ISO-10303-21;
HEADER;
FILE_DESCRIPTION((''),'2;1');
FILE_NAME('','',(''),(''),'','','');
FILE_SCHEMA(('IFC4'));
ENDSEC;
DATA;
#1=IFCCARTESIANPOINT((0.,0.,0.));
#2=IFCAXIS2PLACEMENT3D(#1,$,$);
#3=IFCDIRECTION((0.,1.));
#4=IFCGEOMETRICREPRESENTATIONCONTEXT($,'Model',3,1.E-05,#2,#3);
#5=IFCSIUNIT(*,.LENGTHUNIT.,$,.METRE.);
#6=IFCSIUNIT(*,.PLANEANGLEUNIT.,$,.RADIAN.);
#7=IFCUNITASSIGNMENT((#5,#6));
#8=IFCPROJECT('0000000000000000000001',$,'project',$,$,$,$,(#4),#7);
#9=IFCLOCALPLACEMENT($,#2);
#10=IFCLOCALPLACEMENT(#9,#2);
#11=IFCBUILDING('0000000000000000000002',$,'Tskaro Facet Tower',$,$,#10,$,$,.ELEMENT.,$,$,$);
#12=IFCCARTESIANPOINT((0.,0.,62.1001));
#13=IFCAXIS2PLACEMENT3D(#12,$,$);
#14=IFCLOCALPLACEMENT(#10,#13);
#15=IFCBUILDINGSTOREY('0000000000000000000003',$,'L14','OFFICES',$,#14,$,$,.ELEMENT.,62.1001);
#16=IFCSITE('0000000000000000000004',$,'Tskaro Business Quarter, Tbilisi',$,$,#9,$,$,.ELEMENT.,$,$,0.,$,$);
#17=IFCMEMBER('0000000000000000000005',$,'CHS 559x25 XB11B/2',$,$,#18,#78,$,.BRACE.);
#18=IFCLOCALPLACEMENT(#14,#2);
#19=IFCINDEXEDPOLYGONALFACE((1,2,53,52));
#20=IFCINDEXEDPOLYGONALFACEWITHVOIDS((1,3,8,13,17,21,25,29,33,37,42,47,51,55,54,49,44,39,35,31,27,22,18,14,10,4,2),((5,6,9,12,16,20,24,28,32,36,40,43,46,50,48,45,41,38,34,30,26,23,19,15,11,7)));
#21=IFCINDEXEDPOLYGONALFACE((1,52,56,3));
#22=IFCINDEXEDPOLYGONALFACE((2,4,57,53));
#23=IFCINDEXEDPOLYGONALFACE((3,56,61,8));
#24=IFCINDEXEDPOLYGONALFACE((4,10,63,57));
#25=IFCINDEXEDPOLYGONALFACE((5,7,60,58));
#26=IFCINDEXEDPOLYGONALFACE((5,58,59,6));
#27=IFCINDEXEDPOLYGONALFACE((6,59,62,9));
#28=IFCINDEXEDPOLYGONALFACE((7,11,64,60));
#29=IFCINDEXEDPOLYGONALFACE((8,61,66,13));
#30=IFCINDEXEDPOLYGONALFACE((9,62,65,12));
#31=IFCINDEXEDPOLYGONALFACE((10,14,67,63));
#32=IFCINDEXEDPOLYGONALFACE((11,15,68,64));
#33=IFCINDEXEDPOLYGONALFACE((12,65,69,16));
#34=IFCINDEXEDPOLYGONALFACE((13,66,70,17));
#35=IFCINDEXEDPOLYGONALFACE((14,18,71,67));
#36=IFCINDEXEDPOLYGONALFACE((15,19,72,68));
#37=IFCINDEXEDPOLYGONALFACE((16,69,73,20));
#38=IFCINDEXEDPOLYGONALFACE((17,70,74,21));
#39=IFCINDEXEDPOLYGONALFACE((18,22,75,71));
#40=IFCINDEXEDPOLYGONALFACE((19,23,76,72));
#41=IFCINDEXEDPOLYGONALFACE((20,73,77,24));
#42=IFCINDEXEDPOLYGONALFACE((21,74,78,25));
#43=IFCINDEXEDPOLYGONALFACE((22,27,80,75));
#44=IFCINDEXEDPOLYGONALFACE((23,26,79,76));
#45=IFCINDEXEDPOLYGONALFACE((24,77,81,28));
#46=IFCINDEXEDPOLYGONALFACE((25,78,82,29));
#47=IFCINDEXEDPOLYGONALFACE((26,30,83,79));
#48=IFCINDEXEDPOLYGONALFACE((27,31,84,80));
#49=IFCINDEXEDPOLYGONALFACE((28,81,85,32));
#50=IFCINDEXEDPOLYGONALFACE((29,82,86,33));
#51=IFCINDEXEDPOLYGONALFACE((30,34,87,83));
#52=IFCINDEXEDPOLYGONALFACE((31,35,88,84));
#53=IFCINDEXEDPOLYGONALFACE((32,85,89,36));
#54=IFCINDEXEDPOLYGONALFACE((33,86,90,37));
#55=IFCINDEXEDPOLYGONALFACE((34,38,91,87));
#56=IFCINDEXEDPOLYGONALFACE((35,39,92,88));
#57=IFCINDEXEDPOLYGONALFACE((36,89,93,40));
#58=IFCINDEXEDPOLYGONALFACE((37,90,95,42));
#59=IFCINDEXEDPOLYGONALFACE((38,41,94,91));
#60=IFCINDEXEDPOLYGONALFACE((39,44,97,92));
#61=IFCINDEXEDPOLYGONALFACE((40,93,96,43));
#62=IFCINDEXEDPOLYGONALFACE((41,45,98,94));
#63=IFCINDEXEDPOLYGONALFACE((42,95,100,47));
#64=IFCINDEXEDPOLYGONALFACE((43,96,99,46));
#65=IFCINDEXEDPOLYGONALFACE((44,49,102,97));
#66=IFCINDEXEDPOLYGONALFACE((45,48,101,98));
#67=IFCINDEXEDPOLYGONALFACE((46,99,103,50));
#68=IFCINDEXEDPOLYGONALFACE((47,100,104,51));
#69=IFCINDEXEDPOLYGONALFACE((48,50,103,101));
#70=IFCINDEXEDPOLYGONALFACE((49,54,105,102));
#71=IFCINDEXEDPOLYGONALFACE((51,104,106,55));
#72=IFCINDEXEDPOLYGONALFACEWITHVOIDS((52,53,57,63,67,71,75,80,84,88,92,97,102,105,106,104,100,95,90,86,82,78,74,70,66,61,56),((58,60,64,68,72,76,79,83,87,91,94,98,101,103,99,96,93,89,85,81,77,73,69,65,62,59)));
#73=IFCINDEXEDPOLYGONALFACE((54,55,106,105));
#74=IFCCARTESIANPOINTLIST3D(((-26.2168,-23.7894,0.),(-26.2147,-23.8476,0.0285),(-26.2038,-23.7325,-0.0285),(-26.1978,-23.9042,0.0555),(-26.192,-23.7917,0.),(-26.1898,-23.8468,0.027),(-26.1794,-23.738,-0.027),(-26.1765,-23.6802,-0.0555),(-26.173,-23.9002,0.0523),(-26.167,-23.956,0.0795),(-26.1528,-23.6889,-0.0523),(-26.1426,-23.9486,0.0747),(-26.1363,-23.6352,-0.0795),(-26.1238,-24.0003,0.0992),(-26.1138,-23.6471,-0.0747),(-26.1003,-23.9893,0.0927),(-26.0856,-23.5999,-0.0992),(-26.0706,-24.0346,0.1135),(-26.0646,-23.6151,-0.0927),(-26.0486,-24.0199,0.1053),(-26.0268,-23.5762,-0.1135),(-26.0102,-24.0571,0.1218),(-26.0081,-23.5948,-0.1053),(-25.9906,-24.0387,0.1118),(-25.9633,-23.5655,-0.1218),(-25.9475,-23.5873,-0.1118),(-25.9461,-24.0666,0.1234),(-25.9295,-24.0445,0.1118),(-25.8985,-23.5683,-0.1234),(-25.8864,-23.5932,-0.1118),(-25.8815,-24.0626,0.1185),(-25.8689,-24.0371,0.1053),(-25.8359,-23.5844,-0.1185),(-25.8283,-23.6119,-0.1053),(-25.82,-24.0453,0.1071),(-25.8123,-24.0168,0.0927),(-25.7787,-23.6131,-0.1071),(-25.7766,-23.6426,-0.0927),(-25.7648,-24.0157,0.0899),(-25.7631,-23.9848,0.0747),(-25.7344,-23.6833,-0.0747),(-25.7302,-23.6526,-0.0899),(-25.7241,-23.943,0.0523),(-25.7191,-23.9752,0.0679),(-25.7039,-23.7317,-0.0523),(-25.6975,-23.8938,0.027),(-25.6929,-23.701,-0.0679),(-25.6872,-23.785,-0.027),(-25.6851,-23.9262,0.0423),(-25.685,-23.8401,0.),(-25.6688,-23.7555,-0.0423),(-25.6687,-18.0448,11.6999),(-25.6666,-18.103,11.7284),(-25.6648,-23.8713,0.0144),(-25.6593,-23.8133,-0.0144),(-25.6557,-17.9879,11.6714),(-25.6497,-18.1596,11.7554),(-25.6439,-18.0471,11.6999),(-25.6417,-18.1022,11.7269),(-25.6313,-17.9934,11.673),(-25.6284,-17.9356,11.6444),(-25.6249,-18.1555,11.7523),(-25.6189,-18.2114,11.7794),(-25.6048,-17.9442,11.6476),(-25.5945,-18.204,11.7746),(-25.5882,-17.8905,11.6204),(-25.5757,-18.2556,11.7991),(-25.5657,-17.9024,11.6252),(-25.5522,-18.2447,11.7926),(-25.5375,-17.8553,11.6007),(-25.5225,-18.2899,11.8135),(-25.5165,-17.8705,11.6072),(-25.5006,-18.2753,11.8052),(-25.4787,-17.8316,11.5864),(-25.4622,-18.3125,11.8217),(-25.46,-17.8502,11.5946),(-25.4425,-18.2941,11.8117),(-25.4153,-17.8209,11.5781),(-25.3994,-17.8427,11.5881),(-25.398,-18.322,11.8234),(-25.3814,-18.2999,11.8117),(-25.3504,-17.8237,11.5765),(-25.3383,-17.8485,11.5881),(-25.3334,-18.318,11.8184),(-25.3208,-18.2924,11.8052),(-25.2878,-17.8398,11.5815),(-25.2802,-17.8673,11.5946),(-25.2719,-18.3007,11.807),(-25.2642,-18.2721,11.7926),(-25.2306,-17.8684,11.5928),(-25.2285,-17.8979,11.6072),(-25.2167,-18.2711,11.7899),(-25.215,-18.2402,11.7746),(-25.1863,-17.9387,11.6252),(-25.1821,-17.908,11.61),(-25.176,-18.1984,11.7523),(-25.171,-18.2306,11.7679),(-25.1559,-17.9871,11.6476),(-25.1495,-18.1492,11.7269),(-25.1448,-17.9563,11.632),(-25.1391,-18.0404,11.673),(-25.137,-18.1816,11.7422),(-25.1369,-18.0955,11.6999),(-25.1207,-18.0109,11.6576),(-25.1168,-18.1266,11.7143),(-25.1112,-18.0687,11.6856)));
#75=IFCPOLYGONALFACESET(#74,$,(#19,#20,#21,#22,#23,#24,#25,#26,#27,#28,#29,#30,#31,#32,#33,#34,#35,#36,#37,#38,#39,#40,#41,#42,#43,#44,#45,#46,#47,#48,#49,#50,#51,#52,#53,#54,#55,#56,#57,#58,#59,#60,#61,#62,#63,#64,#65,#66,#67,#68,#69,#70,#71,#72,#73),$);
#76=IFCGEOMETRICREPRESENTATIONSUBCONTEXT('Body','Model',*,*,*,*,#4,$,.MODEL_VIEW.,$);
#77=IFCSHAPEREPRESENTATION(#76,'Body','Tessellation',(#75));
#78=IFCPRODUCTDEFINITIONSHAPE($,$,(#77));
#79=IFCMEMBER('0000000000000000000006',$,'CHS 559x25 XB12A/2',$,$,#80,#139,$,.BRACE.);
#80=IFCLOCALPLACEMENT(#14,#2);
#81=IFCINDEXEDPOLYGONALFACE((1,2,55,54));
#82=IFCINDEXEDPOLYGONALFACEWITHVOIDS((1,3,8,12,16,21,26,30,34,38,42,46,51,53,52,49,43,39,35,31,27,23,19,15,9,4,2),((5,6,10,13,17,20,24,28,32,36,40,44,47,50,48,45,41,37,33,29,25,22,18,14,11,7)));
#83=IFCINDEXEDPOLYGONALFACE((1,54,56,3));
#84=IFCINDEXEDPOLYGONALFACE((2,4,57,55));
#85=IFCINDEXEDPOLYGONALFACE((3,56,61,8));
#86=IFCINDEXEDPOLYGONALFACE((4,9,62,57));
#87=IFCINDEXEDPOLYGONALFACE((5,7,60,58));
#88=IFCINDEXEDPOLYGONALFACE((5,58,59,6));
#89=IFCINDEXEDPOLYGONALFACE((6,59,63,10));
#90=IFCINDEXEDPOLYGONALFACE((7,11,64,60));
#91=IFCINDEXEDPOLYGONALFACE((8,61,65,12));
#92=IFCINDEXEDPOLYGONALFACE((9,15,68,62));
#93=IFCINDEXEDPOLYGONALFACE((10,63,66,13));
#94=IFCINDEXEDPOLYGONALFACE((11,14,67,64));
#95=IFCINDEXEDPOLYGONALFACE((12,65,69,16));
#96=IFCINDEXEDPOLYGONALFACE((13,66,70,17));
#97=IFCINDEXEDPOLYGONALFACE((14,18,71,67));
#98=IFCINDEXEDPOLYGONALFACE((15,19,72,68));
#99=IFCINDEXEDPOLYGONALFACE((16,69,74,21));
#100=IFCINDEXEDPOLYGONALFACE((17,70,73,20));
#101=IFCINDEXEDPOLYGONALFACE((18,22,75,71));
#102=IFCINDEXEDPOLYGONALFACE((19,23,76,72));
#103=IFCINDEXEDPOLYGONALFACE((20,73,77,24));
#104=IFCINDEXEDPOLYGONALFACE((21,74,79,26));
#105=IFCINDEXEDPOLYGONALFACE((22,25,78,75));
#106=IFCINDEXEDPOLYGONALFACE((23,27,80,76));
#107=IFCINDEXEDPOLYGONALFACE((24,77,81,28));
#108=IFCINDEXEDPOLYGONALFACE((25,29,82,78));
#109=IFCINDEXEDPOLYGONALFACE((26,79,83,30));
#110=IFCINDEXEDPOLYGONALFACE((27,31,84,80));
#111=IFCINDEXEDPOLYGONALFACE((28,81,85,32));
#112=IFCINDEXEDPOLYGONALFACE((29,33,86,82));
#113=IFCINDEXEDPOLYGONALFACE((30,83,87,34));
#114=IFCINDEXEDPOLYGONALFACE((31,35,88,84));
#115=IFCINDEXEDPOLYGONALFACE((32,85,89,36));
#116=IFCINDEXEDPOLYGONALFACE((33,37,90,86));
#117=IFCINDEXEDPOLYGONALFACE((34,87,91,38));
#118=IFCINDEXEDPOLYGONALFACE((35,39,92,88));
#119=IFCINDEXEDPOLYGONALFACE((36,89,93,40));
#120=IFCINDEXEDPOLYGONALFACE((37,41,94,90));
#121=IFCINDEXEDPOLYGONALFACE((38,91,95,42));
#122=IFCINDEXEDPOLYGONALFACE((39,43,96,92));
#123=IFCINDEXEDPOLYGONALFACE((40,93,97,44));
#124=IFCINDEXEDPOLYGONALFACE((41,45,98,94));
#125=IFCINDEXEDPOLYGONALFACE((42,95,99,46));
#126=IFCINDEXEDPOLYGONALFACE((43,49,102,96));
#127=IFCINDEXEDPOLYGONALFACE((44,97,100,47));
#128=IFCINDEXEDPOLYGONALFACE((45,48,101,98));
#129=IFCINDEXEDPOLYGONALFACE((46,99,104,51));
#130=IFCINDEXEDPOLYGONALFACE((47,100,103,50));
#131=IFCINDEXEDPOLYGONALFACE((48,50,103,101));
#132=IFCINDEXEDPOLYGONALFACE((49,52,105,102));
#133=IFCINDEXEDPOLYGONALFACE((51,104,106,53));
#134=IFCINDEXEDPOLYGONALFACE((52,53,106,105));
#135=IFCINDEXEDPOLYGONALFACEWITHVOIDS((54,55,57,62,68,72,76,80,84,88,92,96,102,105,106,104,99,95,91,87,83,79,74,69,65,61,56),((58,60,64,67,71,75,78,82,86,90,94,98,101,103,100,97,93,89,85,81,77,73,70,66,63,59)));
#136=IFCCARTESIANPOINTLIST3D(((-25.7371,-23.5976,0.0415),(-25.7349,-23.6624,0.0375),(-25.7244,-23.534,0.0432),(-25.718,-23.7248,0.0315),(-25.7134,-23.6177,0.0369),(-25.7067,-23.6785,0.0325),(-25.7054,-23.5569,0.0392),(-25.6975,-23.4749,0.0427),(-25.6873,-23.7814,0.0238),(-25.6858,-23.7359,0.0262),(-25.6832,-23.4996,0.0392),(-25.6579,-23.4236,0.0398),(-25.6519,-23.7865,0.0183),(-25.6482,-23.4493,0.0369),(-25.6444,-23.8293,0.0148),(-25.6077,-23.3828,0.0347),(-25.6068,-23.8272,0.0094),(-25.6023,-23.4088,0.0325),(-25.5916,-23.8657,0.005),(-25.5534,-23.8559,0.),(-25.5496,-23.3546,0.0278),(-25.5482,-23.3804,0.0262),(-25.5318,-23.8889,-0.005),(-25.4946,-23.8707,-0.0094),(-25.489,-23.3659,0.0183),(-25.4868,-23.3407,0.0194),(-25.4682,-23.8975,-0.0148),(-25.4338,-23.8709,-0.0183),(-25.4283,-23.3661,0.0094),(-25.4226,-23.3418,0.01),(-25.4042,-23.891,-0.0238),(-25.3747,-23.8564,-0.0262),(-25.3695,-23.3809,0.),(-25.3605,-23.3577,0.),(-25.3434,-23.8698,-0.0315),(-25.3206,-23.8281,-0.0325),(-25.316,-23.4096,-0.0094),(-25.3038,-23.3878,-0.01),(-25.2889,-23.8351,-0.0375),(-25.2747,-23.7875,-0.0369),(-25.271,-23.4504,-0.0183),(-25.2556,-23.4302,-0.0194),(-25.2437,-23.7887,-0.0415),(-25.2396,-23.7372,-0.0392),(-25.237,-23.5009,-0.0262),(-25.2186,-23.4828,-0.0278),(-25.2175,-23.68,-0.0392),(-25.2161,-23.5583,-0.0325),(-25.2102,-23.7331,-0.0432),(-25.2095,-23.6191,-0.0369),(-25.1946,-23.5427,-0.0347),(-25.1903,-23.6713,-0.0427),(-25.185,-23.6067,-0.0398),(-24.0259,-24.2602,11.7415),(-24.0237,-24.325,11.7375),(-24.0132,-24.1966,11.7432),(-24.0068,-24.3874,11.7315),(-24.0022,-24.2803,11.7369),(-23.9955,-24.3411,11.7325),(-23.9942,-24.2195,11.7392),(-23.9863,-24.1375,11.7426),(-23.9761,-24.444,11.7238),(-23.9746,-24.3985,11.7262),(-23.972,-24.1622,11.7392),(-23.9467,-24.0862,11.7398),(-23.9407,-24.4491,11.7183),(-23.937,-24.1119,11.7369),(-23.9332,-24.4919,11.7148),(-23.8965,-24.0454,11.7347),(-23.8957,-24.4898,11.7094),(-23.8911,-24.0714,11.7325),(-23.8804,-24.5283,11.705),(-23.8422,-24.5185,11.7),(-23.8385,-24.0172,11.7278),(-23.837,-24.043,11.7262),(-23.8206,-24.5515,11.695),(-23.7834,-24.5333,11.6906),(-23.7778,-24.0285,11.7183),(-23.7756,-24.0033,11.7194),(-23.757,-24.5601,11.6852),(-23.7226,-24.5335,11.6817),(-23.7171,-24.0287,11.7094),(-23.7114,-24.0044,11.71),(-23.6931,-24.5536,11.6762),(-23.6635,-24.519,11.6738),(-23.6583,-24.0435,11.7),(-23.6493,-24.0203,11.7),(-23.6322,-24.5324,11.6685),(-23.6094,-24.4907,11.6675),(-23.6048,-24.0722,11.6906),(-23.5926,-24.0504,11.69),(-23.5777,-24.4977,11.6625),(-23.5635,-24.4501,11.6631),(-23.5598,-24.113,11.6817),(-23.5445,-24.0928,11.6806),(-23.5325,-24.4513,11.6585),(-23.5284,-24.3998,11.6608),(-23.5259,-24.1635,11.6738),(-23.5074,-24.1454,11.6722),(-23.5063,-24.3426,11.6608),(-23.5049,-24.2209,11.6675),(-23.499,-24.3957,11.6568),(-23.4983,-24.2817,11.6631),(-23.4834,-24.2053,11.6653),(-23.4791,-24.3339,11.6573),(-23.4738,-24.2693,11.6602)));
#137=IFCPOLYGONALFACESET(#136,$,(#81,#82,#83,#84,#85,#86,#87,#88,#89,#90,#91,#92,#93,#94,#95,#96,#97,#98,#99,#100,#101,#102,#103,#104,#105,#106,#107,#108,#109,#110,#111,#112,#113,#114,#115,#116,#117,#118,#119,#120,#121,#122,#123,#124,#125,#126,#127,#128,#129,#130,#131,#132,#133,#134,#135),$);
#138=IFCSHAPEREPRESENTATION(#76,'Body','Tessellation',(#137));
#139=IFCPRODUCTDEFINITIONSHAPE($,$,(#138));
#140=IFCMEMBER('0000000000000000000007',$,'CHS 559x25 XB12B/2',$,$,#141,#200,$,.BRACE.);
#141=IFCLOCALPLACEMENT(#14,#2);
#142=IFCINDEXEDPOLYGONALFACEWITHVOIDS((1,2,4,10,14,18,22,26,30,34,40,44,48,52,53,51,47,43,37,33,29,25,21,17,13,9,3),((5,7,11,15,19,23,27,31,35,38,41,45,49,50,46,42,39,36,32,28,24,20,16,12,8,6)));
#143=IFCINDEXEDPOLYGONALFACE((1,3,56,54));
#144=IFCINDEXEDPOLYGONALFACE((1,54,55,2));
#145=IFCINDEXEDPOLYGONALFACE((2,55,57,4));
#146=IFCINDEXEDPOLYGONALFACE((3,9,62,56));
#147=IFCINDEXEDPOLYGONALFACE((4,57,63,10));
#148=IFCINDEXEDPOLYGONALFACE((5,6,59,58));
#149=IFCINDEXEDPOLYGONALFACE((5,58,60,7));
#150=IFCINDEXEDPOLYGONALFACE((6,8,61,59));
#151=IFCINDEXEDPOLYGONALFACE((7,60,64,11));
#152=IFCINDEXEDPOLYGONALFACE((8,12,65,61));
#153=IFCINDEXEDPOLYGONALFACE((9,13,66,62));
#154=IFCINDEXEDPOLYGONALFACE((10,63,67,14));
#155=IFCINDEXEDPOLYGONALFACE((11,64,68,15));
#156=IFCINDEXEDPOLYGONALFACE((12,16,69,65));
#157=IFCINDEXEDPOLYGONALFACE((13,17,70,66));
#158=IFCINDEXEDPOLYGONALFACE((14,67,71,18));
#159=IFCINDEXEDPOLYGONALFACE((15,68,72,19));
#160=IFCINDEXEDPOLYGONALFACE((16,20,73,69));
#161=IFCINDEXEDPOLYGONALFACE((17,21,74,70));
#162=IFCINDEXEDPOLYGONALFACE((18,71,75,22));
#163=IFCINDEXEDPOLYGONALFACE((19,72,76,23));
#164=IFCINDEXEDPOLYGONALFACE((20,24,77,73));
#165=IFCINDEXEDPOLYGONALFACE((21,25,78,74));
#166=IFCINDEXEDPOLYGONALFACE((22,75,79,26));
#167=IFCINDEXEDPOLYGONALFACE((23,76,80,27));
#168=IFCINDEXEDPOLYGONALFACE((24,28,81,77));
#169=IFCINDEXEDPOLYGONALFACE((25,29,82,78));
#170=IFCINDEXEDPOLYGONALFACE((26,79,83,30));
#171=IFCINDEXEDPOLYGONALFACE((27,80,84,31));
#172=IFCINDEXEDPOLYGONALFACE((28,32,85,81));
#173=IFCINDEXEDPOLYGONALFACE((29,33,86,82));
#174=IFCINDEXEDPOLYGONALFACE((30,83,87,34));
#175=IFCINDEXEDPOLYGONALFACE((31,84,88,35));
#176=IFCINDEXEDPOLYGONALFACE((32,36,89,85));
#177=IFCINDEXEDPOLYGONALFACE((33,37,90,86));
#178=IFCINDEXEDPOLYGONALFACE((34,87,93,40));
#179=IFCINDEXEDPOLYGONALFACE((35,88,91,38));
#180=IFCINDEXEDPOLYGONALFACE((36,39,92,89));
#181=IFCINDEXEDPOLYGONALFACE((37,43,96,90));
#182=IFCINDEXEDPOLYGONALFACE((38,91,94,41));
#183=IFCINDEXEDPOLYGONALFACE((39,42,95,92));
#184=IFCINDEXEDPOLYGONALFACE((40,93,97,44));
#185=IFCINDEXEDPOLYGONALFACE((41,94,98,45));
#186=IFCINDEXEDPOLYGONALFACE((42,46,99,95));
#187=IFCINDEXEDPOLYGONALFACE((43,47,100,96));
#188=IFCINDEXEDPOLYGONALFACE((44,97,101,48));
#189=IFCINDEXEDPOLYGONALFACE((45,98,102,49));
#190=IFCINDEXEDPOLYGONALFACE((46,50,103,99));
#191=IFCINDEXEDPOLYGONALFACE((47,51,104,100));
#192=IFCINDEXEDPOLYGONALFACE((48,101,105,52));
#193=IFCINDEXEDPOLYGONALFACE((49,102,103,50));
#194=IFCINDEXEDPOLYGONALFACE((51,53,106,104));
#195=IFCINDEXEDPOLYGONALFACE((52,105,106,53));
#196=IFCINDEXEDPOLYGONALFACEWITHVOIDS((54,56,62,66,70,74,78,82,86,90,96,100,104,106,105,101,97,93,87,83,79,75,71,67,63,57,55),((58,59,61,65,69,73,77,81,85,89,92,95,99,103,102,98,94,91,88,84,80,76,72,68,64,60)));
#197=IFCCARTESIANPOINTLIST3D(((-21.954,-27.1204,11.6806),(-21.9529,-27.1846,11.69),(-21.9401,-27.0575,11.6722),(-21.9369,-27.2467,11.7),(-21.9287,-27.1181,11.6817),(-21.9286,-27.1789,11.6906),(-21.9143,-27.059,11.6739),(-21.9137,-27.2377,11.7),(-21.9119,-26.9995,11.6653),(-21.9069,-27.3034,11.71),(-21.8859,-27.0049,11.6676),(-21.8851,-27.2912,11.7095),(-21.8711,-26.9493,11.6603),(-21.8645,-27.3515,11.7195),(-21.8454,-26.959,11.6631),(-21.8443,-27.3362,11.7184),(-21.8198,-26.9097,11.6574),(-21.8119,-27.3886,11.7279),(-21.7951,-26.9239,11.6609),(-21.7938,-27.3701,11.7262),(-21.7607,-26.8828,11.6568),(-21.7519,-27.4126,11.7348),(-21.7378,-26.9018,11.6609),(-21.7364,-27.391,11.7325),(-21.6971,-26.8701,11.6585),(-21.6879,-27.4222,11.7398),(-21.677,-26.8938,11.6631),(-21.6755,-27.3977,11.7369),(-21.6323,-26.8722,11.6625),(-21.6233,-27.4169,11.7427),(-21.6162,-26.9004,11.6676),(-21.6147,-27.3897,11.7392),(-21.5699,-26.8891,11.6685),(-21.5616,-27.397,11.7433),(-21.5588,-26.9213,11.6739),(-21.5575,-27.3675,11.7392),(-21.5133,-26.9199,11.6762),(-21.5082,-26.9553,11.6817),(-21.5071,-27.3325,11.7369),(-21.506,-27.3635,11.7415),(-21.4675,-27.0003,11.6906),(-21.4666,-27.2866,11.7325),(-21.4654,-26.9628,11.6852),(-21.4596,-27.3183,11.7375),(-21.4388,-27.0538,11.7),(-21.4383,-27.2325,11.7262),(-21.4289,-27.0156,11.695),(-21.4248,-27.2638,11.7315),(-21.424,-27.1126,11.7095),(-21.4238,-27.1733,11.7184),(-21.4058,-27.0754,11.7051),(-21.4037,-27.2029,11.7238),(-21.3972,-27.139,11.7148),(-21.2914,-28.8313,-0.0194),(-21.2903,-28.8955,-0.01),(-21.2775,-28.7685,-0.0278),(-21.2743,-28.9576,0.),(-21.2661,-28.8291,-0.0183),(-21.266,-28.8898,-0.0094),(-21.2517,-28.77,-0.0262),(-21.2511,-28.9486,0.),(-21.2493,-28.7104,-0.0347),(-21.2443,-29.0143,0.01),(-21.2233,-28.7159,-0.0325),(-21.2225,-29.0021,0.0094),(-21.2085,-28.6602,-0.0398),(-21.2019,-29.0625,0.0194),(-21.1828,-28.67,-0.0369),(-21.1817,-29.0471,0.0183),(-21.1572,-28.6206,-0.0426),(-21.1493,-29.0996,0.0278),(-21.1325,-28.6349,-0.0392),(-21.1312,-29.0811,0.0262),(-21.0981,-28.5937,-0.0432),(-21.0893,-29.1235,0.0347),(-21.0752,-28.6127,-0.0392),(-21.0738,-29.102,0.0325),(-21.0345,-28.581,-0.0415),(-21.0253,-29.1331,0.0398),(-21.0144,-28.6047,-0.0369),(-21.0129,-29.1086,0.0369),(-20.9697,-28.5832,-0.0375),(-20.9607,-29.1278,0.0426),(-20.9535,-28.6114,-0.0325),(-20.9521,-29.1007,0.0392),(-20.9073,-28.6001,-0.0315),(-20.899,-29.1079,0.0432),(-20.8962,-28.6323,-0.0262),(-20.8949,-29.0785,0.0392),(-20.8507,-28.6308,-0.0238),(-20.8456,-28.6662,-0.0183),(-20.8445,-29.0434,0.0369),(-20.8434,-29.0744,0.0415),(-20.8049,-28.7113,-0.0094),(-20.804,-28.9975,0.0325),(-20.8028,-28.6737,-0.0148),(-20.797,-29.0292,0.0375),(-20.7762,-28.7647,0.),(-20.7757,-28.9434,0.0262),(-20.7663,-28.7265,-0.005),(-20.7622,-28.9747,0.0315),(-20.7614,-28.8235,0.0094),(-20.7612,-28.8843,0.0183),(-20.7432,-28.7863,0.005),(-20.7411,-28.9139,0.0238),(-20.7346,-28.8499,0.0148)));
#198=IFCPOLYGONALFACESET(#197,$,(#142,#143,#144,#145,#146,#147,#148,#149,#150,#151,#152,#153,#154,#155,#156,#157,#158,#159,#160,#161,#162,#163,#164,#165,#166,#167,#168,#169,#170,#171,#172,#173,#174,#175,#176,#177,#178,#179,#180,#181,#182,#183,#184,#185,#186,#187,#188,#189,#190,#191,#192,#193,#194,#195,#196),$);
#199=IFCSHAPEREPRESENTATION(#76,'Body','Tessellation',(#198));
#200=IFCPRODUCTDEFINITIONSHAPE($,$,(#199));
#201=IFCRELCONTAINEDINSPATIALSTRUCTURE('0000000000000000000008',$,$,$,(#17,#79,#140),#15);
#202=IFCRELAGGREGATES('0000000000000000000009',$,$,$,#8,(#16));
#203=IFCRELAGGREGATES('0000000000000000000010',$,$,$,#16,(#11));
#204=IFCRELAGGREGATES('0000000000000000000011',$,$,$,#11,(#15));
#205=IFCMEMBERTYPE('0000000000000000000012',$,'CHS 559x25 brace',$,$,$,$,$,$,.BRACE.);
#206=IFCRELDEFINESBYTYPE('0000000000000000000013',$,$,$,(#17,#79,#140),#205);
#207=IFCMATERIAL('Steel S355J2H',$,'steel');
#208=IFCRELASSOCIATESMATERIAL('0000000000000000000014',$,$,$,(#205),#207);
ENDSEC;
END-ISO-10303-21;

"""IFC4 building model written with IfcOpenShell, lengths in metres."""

from ifc_helpers import new_model, si_unit, direction, frame, origin, origin_2d, place, context, subcontext, project, spatial, hollow_circle, extrude, material, material_profile, profile_set, type_object, element, save


model = new_model("IFC4")

# Units and contexts
model_context = context("Model", 3, precision=1e-05, world=origin(), true_north=direction((0.0, 1.0)))
body_context = subcontext(model_context, "Body", "Model", "MODEL_VIEW")
ifc_project = project(units=[si_unit("LENGTHUNIT", "METRE"), si_unit("PLANEANGLEUNIT", "RADIAN")], contexts=[model_context])

# Site, building, storey
site_placement = place(None, origin())
site = spatial("IfcSite", under=ifc_project, at=site_placement, Name="Tskaro Business Quarter, Tbilisi", CompositionType="ELEMENT", RefElevation=0.0)
building_placement = place(site_placement, origin())
building = spatial("IfcBuilding", under=site, at=building_placement, Name="Tskaro Facet Tower", CompositionType="ELEMENT")
storey_placement = place(building_placement, frame((0.0, 0.0, 62.1001)))
storey = spatial("IfcBuildingStorey", under=building, at=storey_placement, Name="L14", Description="OFFICES", CompositionType="ELEMENT", Elevation=62.1001)

# Shared definitions
ifc_material_1 = material(Name="Steel S355J2H", Category="steel")

# Members
ifc_material_profile_1 = material_profile(ifc_material_1, hollow_circle(Radius=0.2795, WallThickness=0.0249, at=origin_2d()), Name="CHS 559x25")
ifc_profile_set_1 = profile_set([ifc_material_profile_1], Name="Steel S355J2H")
member_type_1 = type_object("IfcMemberType", Name="CHS 559x25 brace", PredefinedType="BRACE", material=ifc_profile_set_1)
member_1_placement = place(storey_placement, frame((-25.9385, -23.8159, 0.0), z_axis=(0.042014, 0.440347, 0.896844), x_axis=(-0.995479, 0.094979, 0.0)))
element("IfcMember", 1, at=member_1_placement, inside=storey, type_object=member_type_1, Name="CHS 559x25 XB11B/2", PredefinedType="BRACE", context=body_context, shape_type="SweptSolid", body=[
    extrude(hollow_circle(Radius=0.2795, WallThickness=0.0249, at=origin_2d()), origin(), (0.0, 0.0, 1.0), 13.0457),
])
for number, where, z_axis, x_axis, name in (
    (2, (-25.4614, -23.6184, 0.0), (0.144489, -0.055949, 0.987923), (0.361091, 0.932531, 0.0), "CHS 559x25 XB12A/2"),
    (3, (-21.0137, -28.8567, 0.0), (-0.055949, 0.144469, 0.987926), (-0.932513, -0.361136, 0.0), "CHS 559x25 XB12B/2"),
):
    element("IfcMember", number, at=place(storey_placement, frame(where, z_axis=z_axis, x_axis=x_axis)), inside=storey, type_object=member_type_1, Name=name, PredefinedType="BRACE", context=body_context, shape_type="SweptSolid", body=[
        extrude(hollow_circle(Radius=0.2795, WallThickness=0.0249, at=origin_2d()), origin(), (0.0, 0.0, 1.0), 11.843),
    ])

save(model, "model.ifc")
